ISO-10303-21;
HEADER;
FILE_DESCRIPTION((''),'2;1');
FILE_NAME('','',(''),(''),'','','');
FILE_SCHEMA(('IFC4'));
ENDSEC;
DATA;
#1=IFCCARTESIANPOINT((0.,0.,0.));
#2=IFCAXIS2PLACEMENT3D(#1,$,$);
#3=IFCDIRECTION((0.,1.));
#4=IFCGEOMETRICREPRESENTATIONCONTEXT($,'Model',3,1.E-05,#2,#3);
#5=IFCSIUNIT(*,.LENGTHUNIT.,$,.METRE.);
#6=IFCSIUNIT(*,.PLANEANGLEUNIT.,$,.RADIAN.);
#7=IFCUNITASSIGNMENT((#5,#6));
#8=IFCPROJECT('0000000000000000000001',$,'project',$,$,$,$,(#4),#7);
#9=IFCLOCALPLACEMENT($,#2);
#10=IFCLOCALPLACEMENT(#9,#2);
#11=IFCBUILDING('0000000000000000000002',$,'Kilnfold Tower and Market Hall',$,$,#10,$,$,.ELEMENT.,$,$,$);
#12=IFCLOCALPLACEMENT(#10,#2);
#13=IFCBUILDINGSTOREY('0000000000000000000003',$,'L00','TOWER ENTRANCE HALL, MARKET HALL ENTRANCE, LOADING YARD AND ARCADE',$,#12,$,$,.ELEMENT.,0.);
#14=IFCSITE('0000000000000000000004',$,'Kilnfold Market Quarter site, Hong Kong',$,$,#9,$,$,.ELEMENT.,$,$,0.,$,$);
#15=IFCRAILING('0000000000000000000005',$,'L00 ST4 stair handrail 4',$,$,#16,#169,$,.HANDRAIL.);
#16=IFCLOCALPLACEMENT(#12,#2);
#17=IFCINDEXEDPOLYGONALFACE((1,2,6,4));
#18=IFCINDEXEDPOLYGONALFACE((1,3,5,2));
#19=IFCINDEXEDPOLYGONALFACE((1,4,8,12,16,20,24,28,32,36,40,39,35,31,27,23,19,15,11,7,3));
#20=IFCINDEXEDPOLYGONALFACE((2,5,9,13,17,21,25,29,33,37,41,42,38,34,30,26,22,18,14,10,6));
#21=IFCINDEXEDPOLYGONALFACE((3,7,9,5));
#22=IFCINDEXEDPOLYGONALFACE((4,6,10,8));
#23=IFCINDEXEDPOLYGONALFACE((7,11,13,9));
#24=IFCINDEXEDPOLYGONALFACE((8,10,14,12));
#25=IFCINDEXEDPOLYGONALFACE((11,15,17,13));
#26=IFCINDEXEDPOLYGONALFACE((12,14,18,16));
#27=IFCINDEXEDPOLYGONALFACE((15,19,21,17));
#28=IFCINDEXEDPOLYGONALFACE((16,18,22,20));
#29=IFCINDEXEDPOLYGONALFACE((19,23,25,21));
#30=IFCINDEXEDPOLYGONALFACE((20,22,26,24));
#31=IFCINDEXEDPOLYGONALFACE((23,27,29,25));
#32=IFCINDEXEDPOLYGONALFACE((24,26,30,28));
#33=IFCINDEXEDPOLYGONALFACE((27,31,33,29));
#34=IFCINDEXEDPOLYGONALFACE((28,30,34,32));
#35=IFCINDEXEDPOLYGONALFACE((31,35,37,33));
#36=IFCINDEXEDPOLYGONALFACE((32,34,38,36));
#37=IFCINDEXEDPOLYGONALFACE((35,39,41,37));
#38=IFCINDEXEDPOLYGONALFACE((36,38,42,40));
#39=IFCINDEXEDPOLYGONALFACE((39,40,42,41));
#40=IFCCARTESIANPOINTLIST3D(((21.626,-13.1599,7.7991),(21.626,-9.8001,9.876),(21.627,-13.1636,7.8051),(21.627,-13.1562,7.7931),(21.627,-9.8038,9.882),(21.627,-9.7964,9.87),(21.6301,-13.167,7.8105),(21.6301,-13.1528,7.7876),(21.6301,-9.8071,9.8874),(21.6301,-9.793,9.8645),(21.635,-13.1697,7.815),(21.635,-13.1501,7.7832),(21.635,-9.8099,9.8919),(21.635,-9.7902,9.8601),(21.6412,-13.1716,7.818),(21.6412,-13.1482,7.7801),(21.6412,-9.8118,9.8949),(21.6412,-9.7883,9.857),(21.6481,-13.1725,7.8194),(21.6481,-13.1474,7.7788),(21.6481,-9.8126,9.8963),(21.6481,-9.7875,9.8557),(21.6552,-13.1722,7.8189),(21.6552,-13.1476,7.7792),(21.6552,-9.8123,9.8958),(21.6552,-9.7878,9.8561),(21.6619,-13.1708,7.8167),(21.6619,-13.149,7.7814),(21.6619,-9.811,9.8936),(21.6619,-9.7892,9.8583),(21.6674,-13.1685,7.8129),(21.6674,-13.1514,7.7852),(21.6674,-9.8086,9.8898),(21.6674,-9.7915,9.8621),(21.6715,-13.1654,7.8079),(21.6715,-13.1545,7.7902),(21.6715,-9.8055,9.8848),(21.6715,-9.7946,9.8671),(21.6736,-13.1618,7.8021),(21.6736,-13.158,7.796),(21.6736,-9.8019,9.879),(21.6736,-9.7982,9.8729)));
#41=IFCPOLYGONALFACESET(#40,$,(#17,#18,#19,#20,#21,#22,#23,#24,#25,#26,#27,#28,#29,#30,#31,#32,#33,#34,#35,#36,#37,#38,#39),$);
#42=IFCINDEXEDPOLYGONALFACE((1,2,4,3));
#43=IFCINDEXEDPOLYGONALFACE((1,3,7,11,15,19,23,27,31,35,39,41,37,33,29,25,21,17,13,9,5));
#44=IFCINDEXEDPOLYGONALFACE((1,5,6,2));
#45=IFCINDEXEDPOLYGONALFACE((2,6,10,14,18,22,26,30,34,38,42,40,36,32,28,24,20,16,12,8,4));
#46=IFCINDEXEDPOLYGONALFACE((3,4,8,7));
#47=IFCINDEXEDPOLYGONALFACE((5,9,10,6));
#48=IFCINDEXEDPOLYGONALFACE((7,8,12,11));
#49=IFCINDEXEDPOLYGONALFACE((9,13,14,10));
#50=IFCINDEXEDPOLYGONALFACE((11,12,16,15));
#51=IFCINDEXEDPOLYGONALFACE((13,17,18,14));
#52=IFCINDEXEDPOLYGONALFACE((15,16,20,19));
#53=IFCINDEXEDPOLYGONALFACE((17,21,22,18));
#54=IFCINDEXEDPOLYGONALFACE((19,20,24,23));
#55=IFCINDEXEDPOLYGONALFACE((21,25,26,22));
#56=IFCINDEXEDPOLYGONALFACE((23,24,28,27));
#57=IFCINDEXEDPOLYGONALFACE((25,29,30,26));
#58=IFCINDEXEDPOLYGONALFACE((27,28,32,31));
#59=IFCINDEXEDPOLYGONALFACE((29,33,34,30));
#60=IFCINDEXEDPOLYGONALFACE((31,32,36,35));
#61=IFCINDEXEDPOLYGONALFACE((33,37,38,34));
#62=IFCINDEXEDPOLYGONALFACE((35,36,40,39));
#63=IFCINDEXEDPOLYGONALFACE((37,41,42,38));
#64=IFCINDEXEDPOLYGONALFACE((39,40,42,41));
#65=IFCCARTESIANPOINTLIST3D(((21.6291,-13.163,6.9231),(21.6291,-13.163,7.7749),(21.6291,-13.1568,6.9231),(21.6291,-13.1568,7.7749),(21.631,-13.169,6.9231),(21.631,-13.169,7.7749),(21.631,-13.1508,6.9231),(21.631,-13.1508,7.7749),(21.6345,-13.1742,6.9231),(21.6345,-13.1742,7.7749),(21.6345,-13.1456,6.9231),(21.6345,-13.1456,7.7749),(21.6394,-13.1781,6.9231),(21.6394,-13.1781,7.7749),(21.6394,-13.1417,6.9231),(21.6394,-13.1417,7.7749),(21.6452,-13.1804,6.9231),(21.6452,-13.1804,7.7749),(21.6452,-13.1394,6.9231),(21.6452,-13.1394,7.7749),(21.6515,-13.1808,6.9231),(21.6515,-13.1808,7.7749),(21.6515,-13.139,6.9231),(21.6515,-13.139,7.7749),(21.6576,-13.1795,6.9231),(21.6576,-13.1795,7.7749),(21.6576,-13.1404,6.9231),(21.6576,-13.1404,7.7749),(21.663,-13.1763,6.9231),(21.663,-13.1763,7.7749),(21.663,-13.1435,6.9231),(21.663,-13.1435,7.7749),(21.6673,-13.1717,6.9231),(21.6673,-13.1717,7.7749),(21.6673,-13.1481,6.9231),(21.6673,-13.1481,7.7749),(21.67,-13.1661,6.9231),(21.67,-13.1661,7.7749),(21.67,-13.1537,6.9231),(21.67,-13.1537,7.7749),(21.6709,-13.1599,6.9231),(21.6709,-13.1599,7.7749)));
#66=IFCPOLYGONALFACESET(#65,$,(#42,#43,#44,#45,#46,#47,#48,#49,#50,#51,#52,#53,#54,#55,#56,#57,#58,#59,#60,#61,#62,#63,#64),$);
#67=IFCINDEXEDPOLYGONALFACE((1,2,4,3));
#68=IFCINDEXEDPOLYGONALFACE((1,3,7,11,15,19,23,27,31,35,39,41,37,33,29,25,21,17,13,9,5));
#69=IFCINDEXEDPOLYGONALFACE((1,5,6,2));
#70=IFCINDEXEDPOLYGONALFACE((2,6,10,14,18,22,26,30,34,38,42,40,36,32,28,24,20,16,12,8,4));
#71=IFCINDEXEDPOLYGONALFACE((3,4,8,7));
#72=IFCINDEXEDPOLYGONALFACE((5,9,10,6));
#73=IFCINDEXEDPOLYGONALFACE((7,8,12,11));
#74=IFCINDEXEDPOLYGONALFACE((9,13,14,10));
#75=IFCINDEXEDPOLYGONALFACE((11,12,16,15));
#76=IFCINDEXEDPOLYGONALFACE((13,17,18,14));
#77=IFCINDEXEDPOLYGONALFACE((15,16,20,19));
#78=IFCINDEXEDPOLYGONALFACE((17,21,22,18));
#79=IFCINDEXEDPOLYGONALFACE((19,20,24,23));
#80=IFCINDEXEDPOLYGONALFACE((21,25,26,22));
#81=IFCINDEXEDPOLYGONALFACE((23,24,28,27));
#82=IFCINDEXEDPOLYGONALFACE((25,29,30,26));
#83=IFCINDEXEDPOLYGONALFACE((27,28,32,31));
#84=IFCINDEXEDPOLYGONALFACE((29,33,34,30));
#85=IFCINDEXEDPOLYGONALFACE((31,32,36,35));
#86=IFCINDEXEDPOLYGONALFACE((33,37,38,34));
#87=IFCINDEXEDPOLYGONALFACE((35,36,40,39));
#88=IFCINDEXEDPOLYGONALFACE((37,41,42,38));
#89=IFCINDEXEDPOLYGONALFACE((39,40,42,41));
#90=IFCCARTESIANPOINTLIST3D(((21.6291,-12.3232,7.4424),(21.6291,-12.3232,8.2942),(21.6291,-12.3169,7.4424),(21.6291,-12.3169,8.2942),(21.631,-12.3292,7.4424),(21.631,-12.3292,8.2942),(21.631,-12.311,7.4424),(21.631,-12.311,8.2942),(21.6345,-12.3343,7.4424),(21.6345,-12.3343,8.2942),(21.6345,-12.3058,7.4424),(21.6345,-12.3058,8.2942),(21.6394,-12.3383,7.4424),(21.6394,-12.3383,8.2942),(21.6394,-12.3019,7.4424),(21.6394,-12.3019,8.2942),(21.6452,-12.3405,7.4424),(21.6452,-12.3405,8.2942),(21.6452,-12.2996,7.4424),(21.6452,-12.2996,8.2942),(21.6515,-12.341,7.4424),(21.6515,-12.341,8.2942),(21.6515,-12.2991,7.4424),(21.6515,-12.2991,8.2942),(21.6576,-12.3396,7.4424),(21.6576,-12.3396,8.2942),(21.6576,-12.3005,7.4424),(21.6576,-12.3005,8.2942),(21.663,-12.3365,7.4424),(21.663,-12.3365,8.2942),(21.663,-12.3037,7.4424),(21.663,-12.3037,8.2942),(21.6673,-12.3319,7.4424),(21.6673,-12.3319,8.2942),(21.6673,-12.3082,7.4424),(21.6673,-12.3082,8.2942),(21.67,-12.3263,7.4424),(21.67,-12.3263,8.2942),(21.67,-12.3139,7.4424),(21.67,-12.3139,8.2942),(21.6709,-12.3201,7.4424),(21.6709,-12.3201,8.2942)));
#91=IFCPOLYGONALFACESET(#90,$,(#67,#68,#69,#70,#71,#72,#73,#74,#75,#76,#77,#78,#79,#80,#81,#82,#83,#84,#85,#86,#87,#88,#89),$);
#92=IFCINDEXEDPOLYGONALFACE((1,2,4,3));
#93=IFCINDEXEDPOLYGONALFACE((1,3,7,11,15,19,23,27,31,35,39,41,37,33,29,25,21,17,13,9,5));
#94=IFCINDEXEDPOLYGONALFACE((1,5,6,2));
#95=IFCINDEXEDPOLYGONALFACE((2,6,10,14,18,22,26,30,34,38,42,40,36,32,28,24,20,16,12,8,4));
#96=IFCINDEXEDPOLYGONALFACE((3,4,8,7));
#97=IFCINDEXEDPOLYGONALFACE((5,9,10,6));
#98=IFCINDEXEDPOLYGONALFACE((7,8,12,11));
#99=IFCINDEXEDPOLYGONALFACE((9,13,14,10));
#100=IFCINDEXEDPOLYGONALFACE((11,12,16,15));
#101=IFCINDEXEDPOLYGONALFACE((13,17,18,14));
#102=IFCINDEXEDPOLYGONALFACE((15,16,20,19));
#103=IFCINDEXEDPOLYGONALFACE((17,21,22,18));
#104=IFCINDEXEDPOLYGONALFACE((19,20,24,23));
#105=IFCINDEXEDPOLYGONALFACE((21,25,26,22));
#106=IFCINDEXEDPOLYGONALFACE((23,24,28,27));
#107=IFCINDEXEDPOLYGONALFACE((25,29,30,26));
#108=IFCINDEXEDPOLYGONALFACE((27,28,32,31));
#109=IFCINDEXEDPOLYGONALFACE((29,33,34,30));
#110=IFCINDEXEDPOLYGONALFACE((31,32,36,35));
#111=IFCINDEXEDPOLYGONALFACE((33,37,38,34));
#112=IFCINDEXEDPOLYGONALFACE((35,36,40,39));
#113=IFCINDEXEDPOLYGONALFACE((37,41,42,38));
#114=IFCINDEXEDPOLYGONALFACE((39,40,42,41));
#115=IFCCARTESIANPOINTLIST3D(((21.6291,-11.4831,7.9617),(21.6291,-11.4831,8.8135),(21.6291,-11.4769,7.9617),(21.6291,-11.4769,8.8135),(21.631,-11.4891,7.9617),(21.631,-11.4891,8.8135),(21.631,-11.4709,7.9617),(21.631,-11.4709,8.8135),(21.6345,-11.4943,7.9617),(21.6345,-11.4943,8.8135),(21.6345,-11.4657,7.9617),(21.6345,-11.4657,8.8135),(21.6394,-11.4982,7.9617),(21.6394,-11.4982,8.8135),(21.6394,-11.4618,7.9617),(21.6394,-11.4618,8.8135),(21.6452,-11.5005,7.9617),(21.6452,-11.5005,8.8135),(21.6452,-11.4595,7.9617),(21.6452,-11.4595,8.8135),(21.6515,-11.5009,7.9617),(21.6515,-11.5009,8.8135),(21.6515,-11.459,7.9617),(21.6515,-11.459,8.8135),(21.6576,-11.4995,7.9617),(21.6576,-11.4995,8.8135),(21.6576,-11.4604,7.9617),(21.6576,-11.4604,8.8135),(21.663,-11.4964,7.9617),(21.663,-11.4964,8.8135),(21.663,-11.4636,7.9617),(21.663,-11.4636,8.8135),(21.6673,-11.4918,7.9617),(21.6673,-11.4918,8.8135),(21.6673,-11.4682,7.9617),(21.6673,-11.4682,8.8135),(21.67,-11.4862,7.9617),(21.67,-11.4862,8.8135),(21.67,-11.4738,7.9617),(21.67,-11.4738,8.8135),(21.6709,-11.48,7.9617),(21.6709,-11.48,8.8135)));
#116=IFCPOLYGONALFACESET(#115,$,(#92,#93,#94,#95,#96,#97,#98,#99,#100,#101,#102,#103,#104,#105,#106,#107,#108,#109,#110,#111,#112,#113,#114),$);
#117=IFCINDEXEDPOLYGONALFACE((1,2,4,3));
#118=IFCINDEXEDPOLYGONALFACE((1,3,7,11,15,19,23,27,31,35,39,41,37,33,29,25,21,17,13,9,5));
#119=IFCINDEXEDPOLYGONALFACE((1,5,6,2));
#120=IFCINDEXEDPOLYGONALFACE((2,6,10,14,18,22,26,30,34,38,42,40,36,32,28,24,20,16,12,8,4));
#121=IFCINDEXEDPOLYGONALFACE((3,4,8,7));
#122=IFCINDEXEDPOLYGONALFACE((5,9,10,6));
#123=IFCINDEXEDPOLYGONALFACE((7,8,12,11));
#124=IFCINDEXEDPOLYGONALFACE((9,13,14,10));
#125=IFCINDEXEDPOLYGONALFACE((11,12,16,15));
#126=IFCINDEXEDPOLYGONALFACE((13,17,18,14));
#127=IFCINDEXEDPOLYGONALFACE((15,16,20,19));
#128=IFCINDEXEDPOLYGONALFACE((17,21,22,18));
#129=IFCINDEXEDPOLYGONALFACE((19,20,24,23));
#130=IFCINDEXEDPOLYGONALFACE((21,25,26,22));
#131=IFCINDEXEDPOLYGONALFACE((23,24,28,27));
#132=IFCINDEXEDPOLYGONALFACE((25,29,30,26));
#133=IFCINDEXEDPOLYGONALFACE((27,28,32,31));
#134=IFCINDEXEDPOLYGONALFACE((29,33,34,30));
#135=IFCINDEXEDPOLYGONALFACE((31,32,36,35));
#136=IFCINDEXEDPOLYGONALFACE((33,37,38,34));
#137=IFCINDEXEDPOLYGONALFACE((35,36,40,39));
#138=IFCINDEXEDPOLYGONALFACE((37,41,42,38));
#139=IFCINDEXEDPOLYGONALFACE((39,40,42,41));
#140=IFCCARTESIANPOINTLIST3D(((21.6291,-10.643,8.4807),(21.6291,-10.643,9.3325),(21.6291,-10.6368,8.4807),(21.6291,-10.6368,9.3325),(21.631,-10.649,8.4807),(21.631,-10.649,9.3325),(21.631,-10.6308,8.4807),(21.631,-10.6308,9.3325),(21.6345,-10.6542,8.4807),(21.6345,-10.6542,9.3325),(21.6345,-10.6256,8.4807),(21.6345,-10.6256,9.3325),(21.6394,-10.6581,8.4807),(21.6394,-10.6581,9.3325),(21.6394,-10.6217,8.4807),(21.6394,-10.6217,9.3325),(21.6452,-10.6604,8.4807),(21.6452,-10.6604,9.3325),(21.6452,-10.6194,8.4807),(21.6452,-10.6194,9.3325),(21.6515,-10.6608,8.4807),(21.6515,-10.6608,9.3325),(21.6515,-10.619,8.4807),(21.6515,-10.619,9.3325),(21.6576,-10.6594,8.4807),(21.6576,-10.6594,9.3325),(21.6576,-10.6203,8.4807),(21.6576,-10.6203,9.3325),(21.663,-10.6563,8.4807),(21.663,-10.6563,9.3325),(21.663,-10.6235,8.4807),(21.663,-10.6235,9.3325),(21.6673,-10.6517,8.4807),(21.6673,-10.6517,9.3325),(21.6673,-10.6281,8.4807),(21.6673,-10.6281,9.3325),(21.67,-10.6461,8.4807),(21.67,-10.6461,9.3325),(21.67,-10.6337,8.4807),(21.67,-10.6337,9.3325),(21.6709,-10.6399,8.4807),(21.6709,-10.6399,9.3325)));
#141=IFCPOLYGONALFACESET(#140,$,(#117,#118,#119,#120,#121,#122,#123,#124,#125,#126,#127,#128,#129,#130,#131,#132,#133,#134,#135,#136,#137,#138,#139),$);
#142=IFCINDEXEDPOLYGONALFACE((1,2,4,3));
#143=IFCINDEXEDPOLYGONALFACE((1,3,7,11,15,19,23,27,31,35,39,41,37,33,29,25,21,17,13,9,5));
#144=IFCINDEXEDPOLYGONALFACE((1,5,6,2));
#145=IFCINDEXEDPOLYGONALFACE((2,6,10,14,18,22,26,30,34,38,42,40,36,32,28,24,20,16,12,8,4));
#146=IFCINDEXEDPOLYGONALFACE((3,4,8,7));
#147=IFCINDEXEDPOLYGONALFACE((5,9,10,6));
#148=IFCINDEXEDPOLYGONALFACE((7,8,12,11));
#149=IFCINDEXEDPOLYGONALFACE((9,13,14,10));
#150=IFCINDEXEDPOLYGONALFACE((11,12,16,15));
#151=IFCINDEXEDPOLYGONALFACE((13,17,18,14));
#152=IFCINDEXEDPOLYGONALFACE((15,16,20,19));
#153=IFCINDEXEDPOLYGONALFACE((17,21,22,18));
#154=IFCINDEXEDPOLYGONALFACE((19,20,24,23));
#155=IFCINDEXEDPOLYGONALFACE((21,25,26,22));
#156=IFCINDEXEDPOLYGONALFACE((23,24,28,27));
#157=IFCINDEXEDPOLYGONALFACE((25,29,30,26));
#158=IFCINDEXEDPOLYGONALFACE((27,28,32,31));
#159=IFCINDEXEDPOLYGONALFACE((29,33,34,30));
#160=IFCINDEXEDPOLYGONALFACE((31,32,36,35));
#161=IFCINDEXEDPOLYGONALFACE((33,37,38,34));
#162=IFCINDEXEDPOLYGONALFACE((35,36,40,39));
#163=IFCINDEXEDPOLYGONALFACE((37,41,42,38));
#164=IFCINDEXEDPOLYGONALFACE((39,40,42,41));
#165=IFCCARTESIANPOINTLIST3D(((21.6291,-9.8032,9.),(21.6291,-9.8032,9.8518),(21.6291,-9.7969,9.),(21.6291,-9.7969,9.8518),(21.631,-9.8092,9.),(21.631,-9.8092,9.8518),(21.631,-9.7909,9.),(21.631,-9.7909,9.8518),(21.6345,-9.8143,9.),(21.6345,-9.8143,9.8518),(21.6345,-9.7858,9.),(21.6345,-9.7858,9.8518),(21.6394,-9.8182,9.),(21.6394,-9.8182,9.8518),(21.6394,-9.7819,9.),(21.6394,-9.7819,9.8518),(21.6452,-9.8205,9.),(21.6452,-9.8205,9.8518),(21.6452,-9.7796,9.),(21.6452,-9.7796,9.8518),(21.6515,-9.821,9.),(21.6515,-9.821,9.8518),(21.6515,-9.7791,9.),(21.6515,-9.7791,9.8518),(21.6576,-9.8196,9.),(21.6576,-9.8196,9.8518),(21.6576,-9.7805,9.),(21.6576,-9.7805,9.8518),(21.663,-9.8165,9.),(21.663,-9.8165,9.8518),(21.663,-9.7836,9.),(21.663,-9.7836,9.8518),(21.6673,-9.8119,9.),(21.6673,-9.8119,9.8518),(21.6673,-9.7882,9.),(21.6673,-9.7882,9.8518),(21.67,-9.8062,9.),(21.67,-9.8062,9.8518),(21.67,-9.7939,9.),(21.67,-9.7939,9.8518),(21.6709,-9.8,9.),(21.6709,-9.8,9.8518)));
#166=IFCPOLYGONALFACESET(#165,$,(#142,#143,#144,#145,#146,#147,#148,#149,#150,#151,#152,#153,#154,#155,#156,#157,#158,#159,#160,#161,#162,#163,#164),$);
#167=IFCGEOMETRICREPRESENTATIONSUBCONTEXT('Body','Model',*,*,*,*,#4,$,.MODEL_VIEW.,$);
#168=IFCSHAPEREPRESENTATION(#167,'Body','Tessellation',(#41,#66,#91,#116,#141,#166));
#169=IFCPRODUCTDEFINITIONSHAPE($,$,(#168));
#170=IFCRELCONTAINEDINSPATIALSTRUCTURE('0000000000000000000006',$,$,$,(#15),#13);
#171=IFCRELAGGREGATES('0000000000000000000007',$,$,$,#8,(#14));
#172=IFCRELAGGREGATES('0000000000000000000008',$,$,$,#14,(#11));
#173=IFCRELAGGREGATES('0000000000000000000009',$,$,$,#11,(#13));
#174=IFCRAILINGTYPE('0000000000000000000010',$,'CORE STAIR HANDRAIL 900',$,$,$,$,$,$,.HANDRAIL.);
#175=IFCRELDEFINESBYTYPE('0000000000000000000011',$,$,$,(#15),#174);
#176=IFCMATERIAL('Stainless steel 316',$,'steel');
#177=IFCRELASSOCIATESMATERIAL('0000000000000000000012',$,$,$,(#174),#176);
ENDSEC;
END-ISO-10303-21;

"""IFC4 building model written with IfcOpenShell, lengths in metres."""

from ifc_helpers import new_model, si_unit, direction, frame, origin, origin_2d, place, context, subcontext, project, spatial, circle, extrude, material, type_object, element, save


model = new_model("IFC4")

# Units and contexts
model_context = context("Model", 3, precision=1e-05, world=origin(), true_north=direction((0.0, 1.0)))
body_context = subcontext(model_context, "Body", "Model", "MODEL_VIEW")
ifc_project = project(units=[si_unit("LENGTHUNIT", "METRE"), si_unit("PLANEANGLEUNIT", "RADIAN")], contexts=[model_context])

# Site, building, storey
site_placement = place(None, origin())
site = spatial("IfcSite", under=ifc_project, at=site_placement, Name="Kilnfold Market Quarter site, Hong Kong", CompositionType="ELEMENT", RefElevation=0.0)
building_placement = place(site_placement, origin())
building = spatial("IfcBuilding", under=site, at=building_placement, Name="Kilnfold Tower and Market Hall", CompositionType="ELEMENT")
storey_placement = place(building_placement, origin())
storey = spatial("IfcBuildingStorey", under=building, at=storey_placement, Name="L00", Description="TOWER ENTRANCE HALL, MARKET HALL ENTRANCE, LOADING YARD AND ARCADE", CompositionType="ELEMENT", Elevation=0.0)

# Railing
ifc_material_1 = material(Name="Stainless steel 316", Category="steel")
railing_type_1 = type_object("IfcRailingType", Name="CORE STAIR HANDRAIL 900", PredefinedType="HANDRAIL", material=ifc_material_1)
railing_1_placement = place(storey_placement, frame((21.6499, -13.1599, 6.9231)))
element("IfcRailing", 1, at=railing_1_placement, inside=storey, type_object=railing_type_1, Name="L00 ST4 stair handrail 4", PredefinedType="HANDRAIL", context=body_context, shape_type="SweptSolid", body=[
    extrude(circle(Radius=0.0239, at=origin_2d()), frame((0.0, 0.0, 0.876), z_axis=(0.0, 0.850606, 0.525803), x_axis=(-1.0, 0.0, 0.0)), (0.0, 0.0, 1.0), 3.95),
    extrude(circle(Radius=0.021, at=origin_2d()), origin(), (0.0, 0.0, 1.0), 0.8518),
    extrude(circle(Radius=0.021, at=origin_2d()), frame((0.0, 0.8398, 0.5193)), (0.0, 0.0, 1.0), 0.8518),
    extrude(circle(Radius=0.021, at=origin_2d()), frame((0.0, 1.6799, 1.0386)), (0.0, 0.0, 1.0), 0.8518),
    extrude(circle(Radius=0.021, at=origin_2d()), frame((0.0, 2.52, 1.5576)), (0.0, 0.0, 1.0), 0.8518),
    extrude(circle(Radius=0.021, at=origin_2d()), frame((0.0, 3.3599, 2.0769)), (0.0, 0.0, 1.0), 0.8518),
])

save(model, "model.ifc")
